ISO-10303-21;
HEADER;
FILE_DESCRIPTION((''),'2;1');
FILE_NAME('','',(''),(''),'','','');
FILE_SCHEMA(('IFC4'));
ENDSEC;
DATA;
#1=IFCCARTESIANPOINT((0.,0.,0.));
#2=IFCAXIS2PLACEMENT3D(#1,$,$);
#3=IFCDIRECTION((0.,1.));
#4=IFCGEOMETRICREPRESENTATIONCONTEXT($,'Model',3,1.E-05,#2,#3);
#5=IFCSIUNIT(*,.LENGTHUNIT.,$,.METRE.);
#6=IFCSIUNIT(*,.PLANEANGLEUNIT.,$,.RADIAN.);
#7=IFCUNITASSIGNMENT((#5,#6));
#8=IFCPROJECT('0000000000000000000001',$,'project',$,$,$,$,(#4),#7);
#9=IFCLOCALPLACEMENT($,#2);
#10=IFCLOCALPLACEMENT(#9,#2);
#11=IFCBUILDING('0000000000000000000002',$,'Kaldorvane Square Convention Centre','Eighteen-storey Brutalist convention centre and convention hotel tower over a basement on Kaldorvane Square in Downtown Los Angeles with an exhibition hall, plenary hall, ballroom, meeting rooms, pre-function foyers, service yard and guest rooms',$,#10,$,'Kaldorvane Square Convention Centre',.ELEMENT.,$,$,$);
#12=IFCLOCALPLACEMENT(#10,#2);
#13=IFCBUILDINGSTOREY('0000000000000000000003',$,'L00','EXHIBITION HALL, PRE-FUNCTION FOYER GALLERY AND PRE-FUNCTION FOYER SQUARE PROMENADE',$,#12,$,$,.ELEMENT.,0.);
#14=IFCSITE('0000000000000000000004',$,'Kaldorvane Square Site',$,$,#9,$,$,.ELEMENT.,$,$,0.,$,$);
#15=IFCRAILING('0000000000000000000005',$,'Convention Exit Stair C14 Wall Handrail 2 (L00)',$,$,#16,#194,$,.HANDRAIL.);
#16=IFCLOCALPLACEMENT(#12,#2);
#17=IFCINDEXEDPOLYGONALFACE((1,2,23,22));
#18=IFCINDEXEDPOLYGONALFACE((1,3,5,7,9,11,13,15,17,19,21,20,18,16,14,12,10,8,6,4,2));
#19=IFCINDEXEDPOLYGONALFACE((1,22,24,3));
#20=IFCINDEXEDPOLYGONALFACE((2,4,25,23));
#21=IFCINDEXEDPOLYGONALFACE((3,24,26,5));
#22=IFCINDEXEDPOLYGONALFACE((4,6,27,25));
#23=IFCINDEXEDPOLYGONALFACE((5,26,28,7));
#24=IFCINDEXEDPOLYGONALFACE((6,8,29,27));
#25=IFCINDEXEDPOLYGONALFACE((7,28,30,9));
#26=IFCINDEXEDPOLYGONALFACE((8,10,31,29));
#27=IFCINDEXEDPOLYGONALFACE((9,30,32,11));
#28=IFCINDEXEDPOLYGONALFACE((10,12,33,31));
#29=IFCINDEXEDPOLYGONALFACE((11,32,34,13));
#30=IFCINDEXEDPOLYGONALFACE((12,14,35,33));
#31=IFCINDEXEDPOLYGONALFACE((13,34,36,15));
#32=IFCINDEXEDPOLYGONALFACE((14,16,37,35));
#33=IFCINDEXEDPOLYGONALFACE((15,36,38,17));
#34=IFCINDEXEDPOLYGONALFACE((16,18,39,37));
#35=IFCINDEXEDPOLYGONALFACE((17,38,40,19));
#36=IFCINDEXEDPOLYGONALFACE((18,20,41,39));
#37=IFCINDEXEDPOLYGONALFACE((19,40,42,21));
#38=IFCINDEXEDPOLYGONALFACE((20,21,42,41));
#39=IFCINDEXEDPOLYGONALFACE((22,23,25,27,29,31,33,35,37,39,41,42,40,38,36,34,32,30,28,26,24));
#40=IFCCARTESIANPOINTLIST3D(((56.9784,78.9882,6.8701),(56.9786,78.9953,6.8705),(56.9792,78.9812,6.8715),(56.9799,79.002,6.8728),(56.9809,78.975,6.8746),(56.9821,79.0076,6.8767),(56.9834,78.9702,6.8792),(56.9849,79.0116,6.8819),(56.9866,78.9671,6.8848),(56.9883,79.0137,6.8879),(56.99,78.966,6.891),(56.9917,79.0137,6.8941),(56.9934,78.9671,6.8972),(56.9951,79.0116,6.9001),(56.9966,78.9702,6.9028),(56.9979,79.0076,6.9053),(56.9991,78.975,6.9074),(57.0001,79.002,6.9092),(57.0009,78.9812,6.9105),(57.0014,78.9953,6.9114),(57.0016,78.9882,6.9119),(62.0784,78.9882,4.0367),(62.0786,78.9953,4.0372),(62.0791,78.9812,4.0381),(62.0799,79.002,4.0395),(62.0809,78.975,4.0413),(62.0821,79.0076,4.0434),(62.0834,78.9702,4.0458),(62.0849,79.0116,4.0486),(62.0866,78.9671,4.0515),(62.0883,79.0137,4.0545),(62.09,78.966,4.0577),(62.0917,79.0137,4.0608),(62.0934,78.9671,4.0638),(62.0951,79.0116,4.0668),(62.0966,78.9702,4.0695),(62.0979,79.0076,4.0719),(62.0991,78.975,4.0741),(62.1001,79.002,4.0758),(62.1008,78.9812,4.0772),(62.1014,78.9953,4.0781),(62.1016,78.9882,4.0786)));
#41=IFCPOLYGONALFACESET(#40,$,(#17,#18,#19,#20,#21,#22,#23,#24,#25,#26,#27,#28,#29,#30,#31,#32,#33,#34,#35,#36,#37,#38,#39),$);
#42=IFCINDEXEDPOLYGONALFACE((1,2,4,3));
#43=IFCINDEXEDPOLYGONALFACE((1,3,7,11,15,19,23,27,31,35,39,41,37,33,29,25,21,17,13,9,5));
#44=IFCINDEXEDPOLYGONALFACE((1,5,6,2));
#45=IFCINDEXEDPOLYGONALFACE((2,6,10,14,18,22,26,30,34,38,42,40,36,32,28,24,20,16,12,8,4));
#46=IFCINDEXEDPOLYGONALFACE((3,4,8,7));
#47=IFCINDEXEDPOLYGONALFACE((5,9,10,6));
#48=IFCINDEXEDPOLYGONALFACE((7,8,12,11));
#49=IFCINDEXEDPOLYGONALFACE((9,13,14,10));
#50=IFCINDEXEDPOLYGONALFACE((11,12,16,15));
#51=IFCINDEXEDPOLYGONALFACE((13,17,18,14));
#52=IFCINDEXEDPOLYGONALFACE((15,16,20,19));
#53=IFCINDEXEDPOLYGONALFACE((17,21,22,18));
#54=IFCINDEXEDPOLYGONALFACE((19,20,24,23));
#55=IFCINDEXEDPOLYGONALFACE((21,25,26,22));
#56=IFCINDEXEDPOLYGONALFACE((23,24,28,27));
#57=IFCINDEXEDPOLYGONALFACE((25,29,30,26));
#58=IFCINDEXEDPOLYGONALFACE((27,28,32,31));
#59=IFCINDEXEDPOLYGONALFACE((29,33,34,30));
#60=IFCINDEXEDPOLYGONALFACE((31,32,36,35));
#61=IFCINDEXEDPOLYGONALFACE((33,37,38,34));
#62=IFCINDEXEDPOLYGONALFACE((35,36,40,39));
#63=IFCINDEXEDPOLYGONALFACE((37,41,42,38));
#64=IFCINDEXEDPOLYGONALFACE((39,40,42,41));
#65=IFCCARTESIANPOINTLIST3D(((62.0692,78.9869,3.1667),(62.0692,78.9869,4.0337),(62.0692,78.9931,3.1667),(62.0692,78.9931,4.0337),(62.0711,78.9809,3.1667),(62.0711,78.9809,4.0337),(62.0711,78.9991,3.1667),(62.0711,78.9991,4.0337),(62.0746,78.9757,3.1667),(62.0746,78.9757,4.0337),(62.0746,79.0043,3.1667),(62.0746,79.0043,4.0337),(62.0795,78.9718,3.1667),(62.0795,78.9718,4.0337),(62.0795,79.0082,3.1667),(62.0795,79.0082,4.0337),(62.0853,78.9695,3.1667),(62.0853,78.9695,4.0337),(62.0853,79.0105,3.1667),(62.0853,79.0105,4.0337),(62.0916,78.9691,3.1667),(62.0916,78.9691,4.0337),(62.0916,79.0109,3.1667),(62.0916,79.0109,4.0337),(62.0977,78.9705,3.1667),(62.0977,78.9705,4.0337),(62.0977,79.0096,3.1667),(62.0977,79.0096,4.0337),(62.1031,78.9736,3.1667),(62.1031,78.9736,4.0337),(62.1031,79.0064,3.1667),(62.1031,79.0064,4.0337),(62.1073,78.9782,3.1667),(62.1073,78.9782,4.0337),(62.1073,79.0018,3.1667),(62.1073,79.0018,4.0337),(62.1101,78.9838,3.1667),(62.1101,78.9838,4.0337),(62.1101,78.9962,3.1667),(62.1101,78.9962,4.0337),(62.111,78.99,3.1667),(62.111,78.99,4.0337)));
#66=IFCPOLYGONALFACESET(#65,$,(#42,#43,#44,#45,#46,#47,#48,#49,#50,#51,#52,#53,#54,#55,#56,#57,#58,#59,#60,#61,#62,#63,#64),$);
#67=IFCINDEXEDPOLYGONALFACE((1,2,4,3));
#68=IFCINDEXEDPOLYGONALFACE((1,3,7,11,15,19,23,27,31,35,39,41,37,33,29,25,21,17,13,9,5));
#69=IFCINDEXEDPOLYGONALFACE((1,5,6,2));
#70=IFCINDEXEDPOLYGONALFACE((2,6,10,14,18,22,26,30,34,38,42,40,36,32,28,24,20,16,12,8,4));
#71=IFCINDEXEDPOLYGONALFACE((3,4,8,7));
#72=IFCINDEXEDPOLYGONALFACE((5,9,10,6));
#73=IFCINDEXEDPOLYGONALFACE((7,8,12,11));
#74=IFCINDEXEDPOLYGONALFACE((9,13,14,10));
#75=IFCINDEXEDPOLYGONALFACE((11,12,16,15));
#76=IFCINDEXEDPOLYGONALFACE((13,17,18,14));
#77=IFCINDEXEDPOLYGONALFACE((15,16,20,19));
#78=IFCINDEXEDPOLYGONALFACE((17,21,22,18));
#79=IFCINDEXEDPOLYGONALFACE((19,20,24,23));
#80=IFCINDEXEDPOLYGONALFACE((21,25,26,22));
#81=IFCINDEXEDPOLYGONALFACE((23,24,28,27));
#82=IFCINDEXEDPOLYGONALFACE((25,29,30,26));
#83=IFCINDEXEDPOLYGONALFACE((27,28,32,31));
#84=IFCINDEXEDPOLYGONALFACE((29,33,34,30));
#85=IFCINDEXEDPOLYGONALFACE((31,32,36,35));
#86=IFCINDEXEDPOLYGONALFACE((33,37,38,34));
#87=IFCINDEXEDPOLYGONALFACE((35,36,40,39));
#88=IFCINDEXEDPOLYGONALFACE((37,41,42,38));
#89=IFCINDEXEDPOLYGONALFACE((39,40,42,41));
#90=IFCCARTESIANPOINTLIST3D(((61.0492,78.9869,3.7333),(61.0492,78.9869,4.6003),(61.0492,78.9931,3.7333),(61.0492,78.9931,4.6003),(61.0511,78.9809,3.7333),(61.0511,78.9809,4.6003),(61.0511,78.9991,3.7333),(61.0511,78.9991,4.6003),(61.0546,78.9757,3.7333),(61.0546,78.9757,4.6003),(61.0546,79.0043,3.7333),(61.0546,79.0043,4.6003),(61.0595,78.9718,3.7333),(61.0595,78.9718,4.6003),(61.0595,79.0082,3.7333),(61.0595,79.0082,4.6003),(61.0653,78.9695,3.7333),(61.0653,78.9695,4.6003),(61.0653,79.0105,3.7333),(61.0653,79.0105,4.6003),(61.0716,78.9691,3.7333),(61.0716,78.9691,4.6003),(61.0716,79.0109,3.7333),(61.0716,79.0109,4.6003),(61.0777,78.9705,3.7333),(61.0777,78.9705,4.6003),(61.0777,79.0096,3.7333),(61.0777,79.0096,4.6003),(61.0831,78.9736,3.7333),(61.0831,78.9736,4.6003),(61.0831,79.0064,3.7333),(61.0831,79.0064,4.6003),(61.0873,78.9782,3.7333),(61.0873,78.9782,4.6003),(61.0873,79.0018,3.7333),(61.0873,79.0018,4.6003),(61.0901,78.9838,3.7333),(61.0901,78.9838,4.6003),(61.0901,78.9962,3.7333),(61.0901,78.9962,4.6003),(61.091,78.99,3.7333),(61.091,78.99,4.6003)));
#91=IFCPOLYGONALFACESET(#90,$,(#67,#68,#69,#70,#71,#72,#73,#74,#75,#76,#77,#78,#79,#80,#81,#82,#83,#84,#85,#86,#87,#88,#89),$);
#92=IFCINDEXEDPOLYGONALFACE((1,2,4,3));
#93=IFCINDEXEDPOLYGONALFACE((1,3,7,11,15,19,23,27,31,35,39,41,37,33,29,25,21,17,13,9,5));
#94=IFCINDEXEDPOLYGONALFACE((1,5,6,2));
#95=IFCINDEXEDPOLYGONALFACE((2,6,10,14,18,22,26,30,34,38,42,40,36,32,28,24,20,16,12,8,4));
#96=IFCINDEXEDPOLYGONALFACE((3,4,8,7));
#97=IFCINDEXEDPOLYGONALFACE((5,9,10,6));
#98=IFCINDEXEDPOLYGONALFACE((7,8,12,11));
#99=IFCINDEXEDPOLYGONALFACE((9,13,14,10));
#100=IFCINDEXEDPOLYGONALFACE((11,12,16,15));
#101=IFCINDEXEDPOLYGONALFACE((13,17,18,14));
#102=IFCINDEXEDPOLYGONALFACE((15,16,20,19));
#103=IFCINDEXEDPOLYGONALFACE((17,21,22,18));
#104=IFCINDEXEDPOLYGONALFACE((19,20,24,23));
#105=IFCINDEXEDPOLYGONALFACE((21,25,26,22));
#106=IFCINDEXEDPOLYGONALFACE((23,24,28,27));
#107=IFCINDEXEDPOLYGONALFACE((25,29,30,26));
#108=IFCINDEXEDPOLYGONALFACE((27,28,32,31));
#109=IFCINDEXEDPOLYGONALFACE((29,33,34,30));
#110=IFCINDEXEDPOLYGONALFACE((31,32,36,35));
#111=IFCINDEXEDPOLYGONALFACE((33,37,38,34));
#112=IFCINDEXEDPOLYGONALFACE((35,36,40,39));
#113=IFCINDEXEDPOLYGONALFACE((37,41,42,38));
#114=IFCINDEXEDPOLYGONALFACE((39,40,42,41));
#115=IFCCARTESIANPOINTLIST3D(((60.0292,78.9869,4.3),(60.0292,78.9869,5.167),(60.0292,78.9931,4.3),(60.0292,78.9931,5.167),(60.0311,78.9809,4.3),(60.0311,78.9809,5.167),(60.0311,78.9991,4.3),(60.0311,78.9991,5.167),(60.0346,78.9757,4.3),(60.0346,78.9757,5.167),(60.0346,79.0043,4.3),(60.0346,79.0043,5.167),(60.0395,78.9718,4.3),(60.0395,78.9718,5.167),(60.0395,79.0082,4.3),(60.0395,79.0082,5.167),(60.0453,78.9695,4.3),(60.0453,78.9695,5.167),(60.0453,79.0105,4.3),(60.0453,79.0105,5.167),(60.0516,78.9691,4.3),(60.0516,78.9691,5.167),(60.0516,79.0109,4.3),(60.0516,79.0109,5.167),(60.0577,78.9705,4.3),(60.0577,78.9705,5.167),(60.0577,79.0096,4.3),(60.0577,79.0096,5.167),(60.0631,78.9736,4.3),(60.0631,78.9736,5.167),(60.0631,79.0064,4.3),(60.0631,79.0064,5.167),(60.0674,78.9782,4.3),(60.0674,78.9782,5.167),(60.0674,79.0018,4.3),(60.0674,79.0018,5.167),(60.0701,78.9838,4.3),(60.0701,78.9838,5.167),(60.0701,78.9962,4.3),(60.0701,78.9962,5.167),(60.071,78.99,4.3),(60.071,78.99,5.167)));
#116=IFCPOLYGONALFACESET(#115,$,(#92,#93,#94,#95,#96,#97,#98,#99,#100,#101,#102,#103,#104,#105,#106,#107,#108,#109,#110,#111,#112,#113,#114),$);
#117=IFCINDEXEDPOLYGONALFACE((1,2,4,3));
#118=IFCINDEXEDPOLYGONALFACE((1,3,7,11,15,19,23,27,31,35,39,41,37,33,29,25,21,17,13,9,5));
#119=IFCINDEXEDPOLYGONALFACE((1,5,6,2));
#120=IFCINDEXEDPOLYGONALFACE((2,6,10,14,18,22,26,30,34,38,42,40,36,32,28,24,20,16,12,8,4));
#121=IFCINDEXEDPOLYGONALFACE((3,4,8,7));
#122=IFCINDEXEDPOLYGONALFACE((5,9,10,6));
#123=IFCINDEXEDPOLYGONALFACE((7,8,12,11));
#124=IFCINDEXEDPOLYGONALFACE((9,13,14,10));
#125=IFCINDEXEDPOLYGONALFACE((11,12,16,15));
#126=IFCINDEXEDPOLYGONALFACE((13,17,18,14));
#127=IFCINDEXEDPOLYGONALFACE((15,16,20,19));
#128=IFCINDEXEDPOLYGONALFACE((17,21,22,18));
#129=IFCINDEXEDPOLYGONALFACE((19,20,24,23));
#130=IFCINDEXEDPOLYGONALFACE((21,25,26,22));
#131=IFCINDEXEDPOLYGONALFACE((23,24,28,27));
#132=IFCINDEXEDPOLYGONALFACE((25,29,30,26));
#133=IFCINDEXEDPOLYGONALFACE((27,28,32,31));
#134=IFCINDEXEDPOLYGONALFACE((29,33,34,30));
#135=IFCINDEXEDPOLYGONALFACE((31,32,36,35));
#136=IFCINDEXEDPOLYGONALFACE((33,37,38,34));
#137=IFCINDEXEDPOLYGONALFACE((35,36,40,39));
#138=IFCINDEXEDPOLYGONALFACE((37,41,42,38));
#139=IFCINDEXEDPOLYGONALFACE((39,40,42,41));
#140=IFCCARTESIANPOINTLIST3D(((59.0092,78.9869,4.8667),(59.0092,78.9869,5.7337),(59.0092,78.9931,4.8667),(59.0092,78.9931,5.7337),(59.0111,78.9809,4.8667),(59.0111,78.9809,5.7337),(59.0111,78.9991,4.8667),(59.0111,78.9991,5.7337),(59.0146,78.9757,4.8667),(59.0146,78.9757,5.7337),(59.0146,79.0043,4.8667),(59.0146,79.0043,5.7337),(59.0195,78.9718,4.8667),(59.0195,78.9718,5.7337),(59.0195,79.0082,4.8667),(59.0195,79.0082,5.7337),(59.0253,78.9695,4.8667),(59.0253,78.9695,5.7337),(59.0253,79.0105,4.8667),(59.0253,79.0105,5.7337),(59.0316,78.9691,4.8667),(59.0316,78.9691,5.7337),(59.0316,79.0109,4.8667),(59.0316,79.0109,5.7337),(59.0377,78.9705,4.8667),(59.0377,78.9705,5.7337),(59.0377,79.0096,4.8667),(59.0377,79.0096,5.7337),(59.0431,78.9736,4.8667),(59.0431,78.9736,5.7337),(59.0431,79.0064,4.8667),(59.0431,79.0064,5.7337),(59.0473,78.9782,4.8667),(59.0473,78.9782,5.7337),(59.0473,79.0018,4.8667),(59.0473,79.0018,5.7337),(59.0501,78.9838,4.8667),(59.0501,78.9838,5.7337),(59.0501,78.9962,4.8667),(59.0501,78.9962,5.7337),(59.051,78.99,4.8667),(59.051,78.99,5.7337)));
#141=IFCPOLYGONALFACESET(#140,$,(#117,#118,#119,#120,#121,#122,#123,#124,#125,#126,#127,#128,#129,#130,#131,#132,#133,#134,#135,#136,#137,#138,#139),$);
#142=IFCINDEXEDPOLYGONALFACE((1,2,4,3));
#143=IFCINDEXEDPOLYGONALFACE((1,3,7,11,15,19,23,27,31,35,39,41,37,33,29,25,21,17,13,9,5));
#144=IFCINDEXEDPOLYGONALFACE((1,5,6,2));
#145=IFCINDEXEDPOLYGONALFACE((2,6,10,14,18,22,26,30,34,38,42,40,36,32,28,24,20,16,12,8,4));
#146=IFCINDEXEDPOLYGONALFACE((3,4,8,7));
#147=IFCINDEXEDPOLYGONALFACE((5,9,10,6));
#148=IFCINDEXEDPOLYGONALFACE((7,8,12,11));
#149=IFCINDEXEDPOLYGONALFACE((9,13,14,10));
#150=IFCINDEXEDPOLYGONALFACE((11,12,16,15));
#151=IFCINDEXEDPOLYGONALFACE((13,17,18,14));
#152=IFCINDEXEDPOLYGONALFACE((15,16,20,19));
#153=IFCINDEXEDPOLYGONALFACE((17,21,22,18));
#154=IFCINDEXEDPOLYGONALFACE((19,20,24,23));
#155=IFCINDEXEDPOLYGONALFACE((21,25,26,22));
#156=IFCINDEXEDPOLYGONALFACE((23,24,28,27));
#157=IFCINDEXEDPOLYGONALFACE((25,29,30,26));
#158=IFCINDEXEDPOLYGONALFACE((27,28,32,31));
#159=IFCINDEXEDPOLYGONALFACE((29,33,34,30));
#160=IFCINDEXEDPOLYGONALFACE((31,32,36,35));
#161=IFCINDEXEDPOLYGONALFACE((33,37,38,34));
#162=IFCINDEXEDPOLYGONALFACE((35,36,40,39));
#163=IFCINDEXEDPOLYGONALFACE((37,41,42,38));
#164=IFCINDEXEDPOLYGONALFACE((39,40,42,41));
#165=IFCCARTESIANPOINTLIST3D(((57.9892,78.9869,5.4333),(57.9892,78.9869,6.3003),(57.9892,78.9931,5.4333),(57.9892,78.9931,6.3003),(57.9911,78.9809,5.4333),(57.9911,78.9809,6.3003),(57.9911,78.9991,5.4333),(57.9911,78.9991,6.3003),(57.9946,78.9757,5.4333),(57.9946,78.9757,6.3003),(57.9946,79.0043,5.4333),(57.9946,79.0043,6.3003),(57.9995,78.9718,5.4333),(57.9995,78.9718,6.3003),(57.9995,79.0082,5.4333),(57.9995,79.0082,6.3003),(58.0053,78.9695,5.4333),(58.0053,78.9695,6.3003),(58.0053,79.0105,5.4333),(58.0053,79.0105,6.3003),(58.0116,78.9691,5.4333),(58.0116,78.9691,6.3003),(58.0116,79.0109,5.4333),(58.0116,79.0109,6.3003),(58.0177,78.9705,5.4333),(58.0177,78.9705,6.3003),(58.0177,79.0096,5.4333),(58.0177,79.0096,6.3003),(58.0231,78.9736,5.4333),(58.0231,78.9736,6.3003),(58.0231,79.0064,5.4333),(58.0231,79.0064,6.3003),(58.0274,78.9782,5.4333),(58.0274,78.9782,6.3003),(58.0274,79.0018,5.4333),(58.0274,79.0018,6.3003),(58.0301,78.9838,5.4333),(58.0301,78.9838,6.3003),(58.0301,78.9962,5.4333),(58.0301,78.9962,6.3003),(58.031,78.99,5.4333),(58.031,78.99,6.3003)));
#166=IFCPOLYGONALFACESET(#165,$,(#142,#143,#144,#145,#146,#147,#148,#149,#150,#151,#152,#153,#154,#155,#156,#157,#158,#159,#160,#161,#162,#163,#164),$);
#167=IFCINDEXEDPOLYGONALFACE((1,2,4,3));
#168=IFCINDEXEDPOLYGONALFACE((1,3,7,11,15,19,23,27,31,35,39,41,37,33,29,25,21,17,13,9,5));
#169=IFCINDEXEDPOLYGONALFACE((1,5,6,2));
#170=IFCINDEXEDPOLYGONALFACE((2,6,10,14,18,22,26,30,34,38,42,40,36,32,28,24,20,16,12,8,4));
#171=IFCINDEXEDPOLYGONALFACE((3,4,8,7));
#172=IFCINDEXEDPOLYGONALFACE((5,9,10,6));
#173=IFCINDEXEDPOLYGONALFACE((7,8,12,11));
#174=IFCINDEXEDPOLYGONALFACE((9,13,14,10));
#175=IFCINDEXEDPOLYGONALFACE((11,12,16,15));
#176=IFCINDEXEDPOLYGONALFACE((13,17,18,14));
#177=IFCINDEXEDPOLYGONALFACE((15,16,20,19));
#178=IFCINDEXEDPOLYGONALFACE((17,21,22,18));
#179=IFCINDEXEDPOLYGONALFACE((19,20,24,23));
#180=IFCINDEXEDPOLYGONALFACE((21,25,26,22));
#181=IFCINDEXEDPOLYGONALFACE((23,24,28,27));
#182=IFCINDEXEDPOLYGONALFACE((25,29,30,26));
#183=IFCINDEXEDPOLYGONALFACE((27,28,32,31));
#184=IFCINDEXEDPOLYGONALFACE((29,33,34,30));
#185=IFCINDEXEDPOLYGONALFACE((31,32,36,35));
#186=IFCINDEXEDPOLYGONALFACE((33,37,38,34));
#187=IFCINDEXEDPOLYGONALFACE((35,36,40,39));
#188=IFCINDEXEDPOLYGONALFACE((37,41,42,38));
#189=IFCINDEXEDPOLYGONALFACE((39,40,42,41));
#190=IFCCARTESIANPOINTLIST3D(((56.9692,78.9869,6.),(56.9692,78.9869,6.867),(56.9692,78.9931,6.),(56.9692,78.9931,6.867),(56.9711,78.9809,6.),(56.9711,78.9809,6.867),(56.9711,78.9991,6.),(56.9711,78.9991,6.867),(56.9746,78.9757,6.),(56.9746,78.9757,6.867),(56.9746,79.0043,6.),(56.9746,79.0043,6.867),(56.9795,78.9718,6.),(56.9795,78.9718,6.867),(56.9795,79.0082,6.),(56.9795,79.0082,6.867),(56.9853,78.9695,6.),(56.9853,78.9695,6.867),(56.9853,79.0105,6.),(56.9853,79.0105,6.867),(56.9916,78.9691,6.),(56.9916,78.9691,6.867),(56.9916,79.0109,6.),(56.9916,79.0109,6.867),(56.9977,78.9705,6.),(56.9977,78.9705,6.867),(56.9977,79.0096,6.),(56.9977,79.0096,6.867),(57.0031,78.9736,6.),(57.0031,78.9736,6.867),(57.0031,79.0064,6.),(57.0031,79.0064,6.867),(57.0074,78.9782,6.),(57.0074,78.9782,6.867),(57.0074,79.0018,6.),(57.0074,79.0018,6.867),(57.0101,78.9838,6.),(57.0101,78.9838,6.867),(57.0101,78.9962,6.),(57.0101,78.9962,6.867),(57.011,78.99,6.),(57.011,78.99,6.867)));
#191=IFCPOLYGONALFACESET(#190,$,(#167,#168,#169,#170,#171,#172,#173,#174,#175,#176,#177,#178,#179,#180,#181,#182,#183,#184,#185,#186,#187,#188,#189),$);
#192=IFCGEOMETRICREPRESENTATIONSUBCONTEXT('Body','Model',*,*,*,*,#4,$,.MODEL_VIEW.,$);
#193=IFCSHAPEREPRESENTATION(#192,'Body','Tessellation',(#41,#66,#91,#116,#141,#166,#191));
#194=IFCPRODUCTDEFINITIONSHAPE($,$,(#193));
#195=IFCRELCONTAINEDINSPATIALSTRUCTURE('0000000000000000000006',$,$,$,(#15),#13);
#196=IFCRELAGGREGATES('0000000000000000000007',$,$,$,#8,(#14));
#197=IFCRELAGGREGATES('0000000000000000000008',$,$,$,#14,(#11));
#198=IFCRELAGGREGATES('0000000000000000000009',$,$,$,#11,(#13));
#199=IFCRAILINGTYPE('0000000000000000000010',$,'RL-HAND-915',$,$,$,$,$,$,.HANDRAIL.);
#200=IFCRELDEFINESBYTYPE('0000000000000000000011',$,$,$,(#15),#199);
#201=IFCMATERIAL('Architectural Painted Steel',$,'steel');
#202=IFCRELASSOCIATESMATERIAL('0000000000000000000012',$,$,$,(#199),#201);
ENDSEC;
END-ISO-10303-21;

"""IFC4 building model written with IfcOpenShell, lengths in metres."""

from ifc_helpers import new_model, si_unit, direction, frame, origin, origin_2d, place, context, subcontext, project, spatial, circle, extrude, material, type_object, element, save


model = new_model("IFC4")

# Units and contexts
model_context = context("Model", 3, precision=1e-05, world=origin(), true_north=direction((0.0, 1.0)))
body_context = subcontext(model_context, "Body", "Model", "MODEL_VIEW")
ifc_project = project(units=[si_unit("LENGTHUNIT", "METRE"), si_unit("PLANEANGLEUNIT", "RADIAN")], contexts=[model_context])

# Site, building, storey
site_placement = place(None, origin())
site = spatial("IfcSite", under=ifc_project, at=site_placement, Name="Kaldorvane Square Site", CompositionType="ELEMENT", RefElevation=0.0)
building_placement = place(site_placement, origin())
building = spatial("IfcBuilding", under=site, at=building_placement, Name="Kaldorvane Square Convention Centre", Description="Eighteen-storey Brutalist convention centre and convention hotel tower over a basement on Kaldorvane Square in Downtown Los Angeles with an exhibition hall, plenary hall, ballroom, meeting rooms, pre-function foyers, service yard and guest rooms", LongName="Kaldorvane Square Convention Centre", CompositionType="ELEMENT")
storey_placement = place(building_placement, origin())
storey = spatial("IfcBuildingStorey", under=building, at=storey_placement, Name="L00", Description="EXHIBITION HALL, PRE-FUNCTION FOYER GALLERY AND PRE-FUNCTION FOYER SQUARE PROMENADE", CompositionType="ELEMENT", Elevation=0.0)

# Railing
ifc_material_1 = material(Name="Architectural Painted Steel", Category="steel")
railing_type_1 = type_object("IfcRailingType", Name="RL-HAND-915", PredefinedType="HANDRAIL", material=ifc_material_1)
railing_1_placement = place(storey_placement, frame((62.09, 78.99, 3.1667)))
element("IfcRailing", 1, at=railing_1_placement, inside=storey, type_object=railing_type_1, Name="Convention Exit Stair C14 Wall Handrail 2 (L00)", PredefinedType="HANDRAIL", context=body_context, shape_type="SweptSolid", body=[
    extrude(circle(Radius=0.024, at=origin_2d()), frame((0.0, 0.0, 0.891), z_axis=(-0.874157, 0.0, 0.485643), x_axis=(0.0, -1.0, 0.0)), (0.0, 0.0, 1.0), 5.8342),
    extrude(circle(Radius=0.021, at=origin_2d()), origin(), (0.0, 0.0, 1.0), 0.867),
    extrude(circle(Radius=0.021, at=origin_2d()), frame((-1.02, 0.0, 0.5667)), (0.0, 0.0, 1.0), 0.867),
    extrude(circle(Radius=0.021, at=origin_2d()), frame((-2.04, 0.0, 1.1333)), (0.0, 0.0, 1.0), 0.867),
    extrude(circle(Radius=0.021, at=origin_2d()), frame((-3.06, 0.0, 1.7)), (0.0, 0.0, 1.0), 0.867),
    extrude(circle(Radius=0.021, at=origin_2d()), frame((-4.08, 0.0, 2.2667)), (0.0, 0.0, 1.0), 0.867),
    extrude(circle(Radius=0.021, at=origin_2d()), frame((-5.1, 0.0, 2.8333)), (0.0, 0.0, 1.0), 0.867),
])

save(model, "model.ifc")
